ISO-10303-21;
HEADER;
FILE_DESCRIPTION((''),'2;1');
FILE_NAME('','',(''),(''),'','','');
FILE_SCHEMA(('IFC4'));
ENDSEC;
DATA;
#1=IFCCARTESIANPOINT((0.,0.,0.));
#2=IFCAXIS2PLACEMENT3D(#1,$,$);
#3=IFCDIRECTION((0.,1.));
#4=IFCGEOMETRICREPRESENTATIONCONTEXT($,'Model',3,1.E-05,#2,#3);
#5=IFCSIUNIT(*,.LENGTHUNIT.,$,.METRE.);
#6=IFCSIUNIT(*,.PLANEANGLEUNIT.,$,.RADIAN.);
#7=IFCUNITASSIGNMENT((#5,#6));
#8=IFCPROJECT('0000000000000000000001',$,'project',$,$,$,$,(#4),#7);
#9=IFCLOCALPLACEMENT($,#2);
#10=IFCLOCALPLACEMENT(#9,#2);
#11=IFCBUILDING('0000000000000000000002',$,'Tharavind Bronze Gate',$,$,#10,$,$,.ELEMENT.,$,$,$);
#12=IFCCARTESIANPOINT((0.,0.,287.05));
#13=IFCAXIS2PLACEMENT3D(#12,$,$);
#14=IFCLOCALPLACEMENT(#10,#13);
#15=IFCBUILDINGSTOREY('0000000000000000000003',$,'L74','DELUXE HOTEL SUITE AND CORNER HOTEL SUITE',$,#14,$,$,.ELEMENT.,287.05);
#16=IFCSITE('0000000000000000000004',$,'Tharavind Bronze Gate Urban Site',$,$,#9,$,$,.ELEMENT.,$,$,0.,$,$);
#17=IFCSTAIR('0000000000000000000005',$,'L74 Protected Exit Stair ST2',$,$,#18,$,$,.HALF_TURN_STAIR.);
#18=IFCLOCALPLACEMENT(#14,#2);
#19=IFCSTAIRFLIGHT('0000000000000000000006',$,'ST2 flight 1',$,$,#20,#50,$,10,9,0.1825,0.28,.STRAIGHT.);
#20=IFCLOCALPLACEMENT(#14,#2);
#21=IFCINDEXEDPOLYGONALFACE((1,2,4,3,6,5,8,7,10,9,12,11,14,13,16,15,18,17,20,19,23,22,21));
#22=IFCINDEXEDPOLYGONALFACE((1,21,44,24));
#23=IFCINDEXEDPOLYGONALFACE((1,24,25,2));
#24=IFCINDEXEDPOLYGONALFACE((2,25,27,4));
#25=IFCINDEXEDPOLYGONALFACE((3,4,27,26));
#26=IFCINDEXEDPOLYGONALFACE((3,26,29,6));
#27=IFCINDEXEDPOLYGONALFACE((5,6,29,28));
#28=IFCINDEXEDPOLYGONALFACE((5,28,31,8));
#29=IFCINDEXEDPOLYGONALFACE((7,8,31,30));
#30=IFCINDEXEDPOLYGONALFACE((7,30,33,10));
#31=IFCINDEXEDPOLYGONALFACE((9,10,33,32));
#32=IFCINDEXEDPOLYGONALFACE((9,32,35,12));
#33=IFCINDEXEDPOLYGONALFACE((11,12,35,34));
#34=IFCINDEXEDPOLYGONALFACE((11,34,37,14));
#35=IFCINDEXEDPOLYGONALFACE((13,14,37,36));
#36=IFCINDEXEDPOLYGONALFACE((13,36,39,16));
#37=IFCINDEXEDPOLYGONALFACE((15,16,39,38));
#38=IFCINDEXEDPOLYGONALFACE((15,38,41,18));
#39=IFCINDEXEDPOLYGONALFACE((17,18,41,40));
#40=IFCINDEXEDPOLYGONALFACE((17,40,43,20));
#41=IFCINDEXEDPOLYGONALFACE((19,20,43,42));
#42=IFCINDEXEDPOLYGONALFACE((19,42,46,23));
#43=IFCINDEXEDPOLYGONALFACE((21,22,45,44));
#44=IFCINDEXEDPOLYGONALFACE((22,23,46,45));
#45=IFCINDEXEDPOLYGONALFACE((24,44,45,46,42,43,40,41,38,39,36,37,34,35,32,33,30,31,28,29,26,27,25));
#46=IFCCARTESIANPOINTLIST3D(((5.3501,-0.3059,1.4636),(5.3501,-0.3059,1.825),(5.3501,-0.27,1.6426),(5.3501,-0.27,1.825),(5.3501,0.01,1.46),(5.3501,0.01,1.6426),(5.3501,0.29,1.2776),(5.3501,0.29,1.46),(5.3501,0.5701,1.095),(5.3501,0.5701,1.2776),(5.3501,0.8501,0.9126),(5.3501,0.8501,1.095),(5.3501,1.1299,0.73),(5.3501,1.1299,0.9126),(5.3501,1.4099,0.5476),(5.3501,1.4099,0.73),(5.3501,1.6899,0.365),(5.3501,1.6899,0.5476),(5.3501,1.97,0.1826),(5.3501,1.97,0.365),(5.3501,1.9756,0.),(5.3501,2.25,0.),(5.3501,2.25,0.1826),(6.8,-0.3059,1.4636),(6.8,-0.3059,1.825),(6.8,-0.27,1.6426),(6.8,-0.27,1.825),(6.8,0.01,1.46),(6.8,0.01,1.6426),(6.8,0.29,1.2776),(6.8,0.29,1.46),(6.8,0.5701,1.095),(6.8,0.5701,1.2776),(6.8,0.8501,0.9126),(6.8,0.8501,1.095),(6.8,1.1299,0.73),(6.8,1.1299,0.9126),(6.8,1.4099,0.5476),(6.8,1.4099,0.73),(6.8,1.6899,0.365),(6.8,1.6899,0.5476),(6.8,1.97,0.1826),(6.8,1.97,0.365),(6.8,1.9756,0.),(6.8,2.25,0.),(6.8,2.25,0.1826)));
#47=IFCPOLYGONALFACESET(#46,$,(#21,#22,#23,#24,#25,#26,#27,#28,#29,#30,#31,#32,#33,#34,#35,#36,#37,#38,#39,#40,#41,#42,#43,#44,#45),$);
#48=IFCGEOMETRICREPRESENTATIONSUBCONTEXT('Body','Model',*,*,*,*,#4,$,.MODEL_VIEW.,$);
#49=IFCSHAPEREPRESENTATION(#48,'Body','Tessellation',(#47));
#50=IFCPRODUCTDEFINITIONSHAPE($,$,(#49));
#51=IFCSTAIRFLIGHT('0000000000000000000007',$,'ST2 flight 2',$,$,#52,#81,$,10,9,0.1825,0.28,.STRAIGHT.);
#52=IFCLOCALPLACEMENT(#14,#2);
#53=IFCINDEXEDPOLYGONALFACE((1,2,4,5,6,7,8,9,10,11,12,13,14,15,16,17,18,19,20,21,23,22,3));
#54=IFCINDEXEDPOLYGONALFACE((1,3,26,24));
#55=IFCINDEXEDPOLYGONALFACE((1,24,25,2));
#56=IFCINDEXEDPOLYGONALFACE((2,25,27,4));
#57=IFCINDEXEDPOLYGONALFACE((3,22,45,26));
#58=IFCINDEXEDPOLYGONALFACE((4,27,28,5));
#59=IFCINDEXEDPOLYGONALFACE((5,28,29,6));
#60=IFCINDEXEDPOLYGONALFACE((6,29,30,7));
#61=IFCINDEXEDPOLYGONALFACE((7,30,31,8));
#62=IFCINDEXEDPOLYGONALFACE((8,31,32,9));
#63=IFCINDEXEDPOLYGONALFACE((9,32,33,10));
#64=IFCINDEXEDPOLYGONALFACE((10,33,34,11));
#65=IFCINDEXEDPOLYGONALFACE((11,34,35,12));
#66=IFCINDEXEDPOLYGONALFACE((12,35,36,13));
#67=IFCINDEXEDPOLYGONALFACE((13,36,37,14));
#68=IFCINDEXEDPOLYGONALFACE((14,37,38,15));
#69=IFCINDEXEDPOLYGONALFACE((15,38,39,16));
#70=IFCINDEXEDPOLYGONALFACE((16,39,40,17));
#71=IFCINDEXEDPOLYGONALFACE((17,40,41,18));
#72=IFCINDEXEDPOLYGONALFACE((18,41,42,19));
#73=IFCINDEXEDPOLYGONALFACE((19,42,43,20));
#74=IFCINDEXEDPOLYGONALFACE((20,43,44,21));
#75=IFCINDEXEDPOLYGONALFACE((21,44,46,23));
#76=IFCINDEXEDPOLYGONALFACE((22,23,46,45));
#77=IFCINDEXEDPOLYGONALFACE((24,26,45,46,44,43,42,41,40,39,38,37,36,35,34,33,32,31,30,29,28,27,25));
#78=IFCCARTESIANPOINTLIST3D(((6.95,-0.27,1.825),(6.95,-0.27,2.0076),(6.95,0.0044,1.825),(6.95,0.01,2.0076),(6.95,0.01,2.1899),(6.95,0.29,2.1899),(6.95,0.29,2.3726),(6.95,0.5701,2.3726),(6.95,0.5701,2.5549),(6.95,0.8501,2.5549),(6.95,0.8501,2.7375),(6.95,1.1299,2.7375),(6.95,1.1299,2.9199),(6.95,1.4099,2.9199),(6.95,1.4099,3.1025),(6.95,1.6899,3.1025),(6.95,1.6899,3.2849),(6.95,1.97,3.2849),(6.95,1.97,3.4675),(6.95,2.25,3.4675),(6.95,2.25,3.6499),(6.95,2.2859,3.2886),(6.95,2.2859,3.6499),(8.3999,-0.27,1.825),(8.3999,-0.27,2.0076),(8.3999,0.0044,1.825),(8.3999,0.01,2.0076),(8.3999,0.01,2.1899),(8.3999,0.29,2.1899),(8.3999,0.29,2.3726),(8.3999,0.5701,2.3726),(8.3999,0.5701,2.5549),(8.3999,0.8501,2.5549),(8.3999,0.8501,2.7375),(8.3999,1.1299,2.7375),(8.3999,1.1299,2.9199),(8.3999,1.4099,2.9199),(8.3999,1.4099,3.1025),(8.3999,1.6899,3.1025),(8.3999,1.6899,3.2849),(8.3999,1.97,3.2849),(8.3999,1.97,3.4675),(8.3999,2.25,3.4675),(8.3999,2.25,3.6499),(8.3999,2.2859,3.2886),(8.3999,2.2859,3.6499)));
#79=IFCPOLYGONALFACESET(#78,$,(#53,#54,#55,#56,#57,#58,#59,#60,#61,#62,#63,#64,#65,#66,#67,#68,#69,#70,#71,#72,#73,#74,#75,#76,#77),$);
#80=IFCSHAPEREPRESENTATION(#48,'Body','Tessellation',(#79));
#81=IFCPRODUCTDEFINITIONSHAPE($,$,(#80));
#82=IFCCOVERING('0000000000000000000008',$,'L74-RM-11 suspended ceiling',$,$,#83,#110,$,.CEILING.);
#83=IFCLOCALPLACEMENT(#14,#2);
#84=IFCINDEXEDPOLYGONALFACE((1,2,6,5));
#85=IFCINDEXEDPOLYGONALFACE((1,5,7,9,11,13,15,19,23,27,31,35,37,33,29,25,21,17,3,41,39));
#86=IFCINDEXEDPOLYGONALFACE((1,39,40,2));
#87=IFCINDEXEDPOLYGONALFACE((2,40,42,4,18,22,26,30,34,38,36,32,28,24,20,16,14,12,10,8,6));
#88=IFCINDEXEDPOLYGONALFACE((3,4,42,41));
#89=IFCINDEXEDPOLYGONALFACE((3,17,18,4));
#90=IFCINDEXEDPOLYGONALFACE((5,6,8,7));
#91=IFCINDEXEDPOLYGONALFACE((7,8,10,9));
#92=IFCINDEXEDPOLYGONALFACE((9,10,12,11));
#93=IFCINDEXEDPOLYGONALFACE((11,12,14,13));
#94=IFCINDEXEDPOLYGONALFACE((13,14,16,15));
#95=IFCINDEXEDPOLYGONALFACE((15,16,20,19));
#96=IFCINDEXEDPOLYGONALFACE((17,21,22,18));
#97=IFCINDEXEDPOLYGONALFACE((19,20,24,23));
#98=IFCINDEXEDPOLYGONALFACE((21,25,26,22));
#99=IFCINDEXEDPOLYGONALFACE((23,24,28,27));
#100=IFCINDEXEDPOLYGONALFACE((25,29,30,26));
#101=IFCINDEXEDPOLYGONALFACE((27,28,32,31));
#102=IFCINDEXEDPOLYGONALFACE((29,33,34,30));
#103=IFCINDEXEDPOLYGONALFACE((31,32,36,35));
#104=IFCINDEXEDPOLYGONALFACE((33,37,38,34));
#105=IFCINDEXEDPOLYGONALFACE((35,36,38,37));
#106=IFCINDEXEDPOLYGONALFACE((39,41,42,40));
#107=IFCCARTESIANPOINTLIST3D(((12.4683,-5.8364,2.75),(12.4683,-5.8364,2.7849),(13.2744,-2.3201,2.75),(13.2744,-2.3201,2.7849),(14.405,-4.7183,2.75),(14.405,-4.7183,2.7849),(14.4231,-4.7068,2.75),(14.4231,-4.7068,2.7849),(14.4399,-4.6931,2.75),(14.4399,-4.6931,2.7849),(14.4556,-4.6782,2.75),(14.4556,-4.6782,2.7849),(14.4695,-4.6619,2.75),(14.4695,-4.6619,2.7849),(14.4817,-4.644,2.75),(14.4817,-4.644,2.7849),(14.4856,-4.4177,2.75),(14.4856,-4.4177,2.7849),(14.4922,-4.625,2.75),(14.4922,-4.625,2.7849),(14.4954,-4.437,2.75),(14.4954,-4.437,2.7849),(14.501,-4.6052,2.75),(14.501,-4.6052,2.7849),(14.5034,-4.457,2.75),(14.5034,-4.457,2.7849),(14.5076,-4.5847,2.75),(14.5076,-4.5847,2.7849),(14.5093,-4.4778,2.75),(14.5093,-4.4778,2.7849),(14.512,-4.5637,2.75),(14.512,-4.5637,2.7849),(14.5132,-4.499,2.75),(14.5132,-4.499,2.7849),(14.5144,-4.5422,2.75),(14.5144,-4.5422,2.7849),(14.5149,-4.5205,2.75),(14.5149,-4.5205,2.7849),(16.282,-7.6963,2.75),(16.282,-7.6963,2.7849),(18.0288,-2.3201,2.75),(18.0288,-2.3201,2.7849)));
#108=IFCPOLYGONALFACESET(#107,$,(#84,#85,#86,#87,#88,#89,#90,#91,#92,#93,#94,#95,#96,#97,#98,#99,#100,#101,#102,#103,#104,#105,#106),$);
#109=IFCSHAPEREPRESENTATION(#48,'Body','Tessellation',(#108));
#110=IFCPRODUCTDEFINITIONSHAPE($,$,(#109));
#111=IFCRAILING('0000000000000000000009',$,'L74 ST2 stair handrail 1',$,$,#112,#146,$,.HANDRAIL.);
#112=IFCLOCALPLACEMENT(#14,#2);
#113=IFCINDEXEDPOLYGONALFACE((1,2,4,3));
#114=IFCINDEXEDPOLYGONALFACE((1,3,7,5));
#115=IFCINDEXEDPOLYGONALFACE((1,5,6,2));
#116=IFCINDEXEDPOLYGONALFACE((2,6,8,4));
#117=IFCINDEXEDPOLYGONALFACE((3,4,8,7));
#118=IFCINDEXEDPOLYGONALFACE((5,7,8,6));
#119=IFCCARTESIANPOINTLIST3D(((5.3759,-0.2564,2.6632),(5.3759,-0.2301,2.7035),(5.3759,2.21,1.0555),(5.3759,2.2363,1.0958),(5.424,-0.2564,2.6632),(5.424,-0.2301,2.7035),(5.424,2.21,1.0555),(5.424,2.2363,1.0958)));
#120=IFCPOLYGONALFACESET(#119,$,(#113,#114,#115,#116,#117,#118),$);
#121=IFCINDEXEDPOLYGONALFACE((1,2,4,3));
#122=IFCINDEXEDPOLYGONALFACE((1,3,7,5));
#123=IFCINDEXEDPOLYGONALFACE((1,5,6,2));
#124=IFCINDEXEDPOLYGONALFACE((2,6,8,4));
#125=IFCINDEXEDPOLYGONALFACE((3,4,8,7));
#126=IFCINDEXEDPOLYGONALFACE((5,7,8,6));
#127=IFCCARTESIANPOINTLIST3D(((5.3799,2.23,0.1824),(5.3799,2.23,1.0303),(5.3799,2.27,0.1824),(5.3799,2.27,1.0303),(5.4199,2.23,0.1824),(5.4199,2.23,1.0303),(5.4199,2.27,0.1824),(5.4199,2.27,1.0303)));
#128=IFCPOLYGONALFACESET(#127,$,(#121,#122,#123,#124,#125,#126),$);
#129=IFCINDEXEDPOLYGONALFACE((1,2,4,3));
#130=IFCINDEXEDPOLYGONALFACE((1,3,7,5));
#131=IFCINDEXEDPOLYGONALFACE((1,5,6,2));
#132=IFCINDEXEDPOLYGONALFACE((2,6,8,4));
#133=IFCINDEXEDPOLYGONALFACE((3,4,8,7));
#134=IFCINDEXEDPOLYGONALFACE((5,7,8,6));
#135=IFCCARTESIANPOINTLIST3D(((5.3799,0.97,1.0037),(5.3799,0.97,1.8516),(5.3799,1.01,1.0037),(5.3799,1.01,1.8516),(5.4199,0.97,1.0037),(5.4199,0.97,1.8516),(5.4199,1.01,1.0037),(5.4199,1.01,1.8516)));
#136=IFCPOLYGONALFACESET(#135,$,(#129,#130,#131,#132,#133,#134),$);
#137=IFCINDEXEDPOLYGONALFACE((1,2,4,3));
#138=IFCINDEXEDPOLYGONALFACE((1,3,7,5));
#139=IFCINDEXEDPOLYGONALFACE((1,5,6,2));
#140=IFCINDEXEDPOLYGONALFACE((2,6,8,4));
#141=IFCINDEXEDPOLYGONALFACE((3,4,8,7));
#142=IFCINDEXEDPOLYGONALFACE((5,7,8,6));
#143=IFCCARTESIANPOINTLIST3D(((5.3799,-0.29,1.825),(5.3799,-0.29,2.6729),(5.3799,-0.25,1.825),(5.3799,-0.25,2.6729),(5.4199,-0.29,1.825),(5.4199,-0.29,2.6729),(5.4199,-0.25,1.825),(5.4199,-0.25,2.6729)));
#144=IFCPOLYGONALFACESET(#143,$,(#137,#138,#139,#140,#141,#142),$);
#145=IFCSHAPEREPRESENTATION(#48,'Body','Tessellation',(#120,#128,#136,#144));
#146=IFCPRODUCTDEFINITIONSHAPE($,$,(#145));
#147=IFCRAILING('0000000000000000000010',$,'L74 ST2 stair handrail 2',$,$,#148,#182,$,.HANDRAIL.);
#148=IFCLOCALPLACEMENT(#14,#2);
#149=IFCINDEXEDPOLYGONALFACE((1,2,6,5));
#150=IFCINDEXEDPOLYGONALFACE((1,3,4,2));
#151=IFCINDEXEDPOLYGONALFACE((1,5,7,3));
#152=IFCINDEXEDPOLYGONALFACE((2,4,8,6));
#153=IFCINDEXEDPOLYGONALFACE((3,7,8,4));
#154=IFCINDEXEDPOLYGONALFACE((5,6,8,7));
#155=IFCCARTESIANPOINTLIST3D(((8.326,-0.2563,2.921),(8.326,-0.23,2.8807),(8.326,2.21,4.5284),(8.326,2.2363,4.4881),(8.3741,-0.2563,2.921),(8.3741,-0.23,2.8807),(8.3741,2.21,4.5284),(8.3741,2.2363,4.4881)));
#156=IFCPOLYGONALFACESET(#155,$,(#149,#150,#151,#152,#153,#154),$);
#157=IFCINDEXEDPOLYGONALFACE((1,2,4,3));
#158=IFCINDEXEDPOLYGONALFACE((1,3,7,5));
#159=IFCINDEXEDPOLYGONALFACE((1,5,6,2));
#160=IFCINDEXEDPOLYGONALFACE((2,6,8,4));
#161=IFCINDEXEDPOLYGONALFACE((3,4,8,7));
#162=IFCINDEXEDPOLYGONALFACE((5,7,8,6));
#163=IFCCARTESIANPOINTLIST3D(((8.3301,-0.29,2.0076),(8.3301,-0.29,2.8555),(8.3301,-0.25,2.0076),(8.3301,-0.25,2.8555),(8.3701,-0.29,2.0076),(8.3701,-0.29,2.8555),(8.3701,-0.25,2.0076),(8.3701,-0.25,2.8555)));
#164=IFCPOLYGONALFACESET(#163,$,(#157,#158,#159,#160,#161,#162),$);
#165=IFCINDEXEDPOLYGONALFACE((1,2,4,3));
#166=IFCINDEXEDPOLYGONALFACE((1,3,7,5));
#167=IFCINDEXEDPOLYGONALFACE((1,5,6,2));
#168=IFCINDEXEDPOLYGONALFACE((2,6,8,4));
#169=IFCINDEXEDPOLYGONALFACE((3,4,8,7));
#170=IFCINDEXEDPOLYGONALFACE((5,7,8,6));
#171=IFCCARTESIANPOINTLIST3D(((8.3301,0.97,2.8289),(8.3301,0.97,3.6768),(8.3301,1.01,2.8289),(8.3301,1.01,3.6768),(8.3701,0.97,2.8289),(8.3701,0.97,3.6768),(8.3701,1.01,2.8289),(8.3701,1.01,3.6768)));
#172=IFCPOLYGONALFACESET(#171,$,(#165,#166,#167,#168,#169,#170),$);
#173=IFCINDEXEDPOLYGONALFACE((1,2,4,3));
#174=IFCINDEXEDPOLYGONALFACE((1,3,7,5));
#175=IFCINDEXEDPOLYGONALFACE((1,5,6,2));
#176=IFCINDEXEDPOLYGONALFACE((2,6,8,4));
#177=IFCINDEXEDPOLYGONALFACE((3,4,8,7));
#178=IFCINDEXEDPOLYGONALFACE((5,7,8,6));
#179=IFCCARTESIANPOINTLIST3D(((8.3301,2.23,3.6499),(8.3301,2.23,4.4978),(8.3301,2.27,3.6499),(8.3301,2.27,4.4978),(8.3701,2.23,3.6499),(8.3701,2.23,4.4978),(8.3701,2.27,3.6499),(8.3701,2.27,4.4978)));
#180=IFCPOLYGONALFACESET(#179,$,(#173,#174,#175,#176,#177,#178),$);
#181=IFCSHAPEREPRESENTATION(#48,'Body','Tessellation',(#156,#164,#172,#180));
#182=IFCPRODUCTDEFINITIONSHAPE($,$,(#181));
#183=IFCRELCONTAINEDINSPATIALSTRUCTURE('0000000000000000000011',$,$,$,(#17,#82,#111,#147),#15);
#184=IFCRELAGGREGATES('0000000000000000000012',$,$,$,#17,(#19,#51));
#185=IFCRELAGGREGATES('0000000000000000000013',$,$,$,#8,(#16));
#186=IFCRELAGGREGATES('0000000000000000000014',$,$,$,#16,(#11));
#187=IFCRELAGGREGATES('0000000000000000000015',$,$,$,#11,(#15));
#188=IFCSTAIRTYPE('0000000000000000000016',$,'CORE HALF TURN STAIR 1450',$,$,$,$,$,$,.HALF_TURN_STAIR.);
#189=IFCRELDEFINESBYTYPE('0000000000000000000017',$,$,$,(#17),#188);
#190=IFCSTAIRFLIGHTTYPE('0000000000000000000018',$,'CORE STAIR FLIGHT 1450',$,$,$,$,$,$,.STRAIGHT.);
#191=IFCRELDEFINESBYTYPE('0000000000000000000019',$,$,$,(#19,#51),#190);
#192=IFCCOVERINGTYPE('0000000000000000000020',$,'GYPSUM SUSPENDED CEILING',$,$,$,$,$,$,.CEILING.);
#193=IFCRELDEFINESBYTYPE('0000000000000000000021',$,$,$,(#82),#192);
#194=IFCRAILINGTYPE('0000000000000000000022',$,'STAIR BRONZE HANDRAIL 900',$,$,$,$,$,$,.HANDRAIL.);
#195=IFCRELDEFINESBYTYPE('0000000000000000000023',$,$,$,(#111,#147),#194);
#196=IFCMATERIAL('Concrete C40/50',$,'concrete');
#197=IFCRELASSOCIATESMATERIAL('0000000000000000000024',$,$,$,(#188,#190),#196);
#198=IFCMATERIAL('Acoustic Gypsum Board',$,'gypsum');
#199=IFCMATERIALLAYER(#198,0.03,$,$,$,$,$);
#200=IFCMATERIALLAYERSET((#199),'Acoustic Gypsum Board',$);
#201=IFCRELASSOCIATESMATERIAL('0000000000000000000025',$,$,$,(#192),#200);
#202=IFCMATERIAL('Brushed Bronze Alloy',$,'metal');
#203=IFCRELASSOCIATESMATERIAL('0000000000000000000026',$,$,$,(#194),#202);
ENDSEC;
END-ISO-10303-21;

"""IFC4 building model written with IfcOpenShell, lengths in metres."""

from ifc_helpers import new_model, si_unit, direction, frame, origin, origin_2d, place, context, subcontext, project, spatial, polyline, rectangle, outline, extrude, material, layer, layer_set, type_object, element, aggregate, save


model = new_model("IFC4")

# Units and contexts
model_context = context("Model", 3, precision=1e-05, world=origin(), true_north=direction((0.0, 1.0)))
body_context = subcontext(model_context, "Body", "Model", "MODEL_VIEW")
ifc_project = project(units=[si_unit("LENGTHUNIT", "METRE"), si_unit("PLANEANGLEUNIT", "RADIAN")], contexts=[model_context])

# Site, building, storey
site_placement = place(None, origin())
site = spatial("IfcSite", under=ifc_project, at=site_placement, Name="Tharavind Bronze Gate Urban Site", CompositionType="ELEMENT", RefElevation=0.0)
building_placement = place(site_placement, origin())
building = spatial("IfcBuilding", under=site, at=building_placement, Name="Tharavind Bronze Gate", CompositionType="ELEMENT")
storey_placement = place(building_placement, frame((0.0, 0.0, 287.05)))
storey = spatial("IfcBuildingStorey", under=building, at=storey_placement, Name="L74", Description="DELUXE HOTEL SUITE AND CORNER HOTEL SUITE", CompositionType="ELEMENT", Elevation=287.05)

# Shared definitions
ifc_material_1 = material(Name="Concrete C40/50", Category="concrete")

# Stair, stair flights
stair_type = type_object("IfcStairType", Name="CORE HALF TURN STAIR 1450", PredefinedType="HALF_TURN_STAIR", material=ifc_material_1)
stair_placement = place(storey_placement, origin())
stair = element("IfcStair", 1, at=stair_placement, inside=storey, type_object=stair_type, Name="L74 Protected Exit Stair ST2", PredefinedType="HALF_TURN_STAIR")
stair_flight_type = type_object("IfcStairFlightType", Name="CORE STAIR FLIGHT 1450", PredefinedType="STRAIGHT", material=ifc_material_1)
stair_flight_1_placement = place(storey_placement, frame((6.075, 2.25, 0.0), z_axis=(0.0, 0.0, 1.0), x_axis=(0.0, -1.0, 0.0)))
stair_flight_1 = element("IfcStairFlight", 2, at=stair_flight_1_placement, type_object=stair_flight_type, Name="ST2 flight 1", NumberOfRisers=10, NumberOfTreads=9, PredefinedType="STRAIGHT", RiserHeight=0.1825, TreadLength=0.28, context=body_context, shape_type="SweptSolid", body=[
    extrude(outline(polyline([(0.0, 0.0), (0.0, 0.1826), (0.28, 0.1826), (0.28, 0.365), (0.5601, 0.365), (0.5601, 0.5476), (0.8401, 0.5476), (0.8401, 0.73), (1.1201, 0.73), (1.1201, 0.9126), (1.3999, 0.9126), (1.3999, 1.095), (1.6799, 1.095), (1.6799, 1.2776), (1.96, 1.2776), (1.96, 1.46), (2.24, 1.46), (2.24, 1.6426), (2.52, 1.6426), (2.52, 1.825), (2.5559, 1.825), (2.5559, 1.4636), (0.2744, 0.0), (0.0, 0.0)])), frame((0.0, 0.7251, 0.0), z_axis=(0.0, -1.0, 0.0), x_axis=(1.0, 0.0, 0.0)), (0.0, 0.0, 1.0), 1.45),
])
stair_flight_2_placement = place(storey_placement, frame((7.675, -0.27, 1.825), z_axis=(0.0, 0.0, 1.0), x_axis=(0.0, 1.0, 0.0)))
stair_flight_2 = element("IfcStairFlight", 3, at=stair_flight_2_placement, type_object=stair_flight_type, Name="ST2 flight 2", NumberOfRisers=10, NumberOfTreads=9, PredefinedType="STRAIGHT", RiserHeight=0.1825, TreadLength=0.28, context=body_context, shape_type="SweptSolid", body=[
    extrude(outline(polyline([(0.0, 0.0), (0.0, 0.1826), (0.28, 0.1826), (0.28, 0.365), (0.5601, 0.365), (0.5601, 0.5476), (0.8401, 0.5476), (0.8401, 0.73), (1.1201, 0.73), (1.1201, 0.9126), (1.3999, 0.9126), (1.3999, 1.095), (1.6799, 1.095), (1.6799, 1.2776), (1.96, 1.2776), (1.96, 1.46), (2.24, 1.46), (2.24, 1.6426), (2.52, 1.6426), (2.52, 1.825), (2.5559, 1.825), (2.5559, 1.4636), (0.2744, 0.0), (0.0, 0.0)])), frame((0.0, 0.7251, 0.0), z_axis=(0.0, -1.0, 0.0), x_axis=(1.0, 0.0, 0.0)), (0.0, 0.0, 1.0), 1.45),
])
aggregate(stair, [stair_flight_1, stair_flight_2])

# Covering
ifc_material_2 = material(Name="Acoustic Gypsum Board", Category="gypsum")
ifc_layer_1 = layer(ifc_material_2, 0.03)
ifc_layer_set_1 = layer_set([ifc_layer_1], Name="Acoustic Gypsum Board")
covering_type = type_object("IfcCoveringType", Name="GYPSUM SUSPENDED CEILING", PredefinedType="CEILING", material=ifc_layer_set_1)
covering_placement = place(storey_placement, frame((0.0, 0.0, 2.75)))
element("IfcCovering", 4, at=covering_placement, inside=storey, type_object=covering_type, Name="L74-RM-11 suspended ceiling", PredefinedType="CEILING", context=body_context, shape_type="SweptSolid", body=[
    extrude(outline(polyline([(14.4856, -4.4177), (14.4954, -4.437), (14.5034, -4.457), (14.5093, -4.4778), (14.5132, -4.499), (14.5149, -4.5205), (14.5144, -4.5422), (14.512, -4.5637), (14.5076, -4.5847), (14.501, -4.6052), (14.4922, -4.625), (14.4817, -4.644), (14.4695, -4.6619), (14.4556, -4.6782), (14.4399, -4.6931), (14.4231, -4.7068), (14.405, -4.7183), (12.4683, -5.8364), (16.282, -7.6963), (18.0288, -2.3201), (13.2744, -2.3201), (14.4856, -4.4177)])), origin(), (0.0, 0.0, 1.0), 0.0349),
])

# Railings
ifc_material_3 = material(Name="Brushed Bronze Alloy", Category="metal")
railing_type_1 = type_object("IfcRailingType", Name="STAIR BRONZE HANDRAIL 900", PredefinedType="HANDRAIL", material=ifc_material_3)
railing_1_placement = place(storey_placement, frame((5.3999, 2.25, 0.1824)))
element("IfcRailing", 5, at=railing_1_placement, inside=storey, type_object=railing_type_1, Name="L74 ST2 stair handrail 1", PredefinedType="HANDRAIL", context=body_context, shape_type="SweptSolid", body=[
    extrude(rectangle(XDim=0.0481, YDim=0.0481, at=origin_2d()), frame((0.0, -0.0269, 0.8933), z_axis=(0.0, -0.837749, 0.546055), x_axis=(1.0, 0.0, 0.0)), (0.0, 0.0, 1.0), 2.9441),
    extrude(rectangle(XDim=0.04, YDim=0.04, at=origin_2d()), origin(), (0.0, 0.0, 1.0), 0.8479),
    extrude(rectangle(XDim=0.04, YDim=0.04, at=origin_2d()), frame((0.0, -1.26, 0.8213)), (0.0, 0.0, 1.0), 0.8479),
    extrude(rectangle(XDim=0.04, YDim=0.04, at=origin_2d()), frame((0.0, -2.52, 1.6426)), (0.0, 0.0, 1.0), 0.8479),
])
railing_2_placement = place(storey_placement, frame((8.3501, -0.27, 2.0076)))
element("IfcRailing", 6, at=railing_2_placement, inside=storey, type_object=railing_type_1, Name="L74 ST2 stair handrail 2", PredefinedType="HANDRAIL", context=body_context, shape_type="SweptSolid", body=[
    extrude(rectangle(XDim=0.0481, YDim=0.0481, at=origin_2d()), frame((0.0, 0.0269, 0.8933), z_axis=(0.0, 0.837787, 0.545998), x_axis=(-1.0, 0.0, 0.0)), (0.0, 0.0, 1.0), 2.9438),
    extrude(rectangle(XDim=0.04, YDim=0.04, at=origin_2d()), origin(), (0.0, 0.0, 1.0), 0.8479),
    extrude(rectangle(XDim=0.04, YDim=0.04, at=origin_2d()), frame((0.0, 1.26, 0.8213)), (0.0, 0.0, 1.0), 0.8479),
    extrude(rectangle(XDim=0.04, YDim=0.04, at=origin_2d()), frame((0.0, 2.52, 1.6423)), (0.0, 0.0, 1.0), 0.8479),
])

save(model, "model.ifc")
